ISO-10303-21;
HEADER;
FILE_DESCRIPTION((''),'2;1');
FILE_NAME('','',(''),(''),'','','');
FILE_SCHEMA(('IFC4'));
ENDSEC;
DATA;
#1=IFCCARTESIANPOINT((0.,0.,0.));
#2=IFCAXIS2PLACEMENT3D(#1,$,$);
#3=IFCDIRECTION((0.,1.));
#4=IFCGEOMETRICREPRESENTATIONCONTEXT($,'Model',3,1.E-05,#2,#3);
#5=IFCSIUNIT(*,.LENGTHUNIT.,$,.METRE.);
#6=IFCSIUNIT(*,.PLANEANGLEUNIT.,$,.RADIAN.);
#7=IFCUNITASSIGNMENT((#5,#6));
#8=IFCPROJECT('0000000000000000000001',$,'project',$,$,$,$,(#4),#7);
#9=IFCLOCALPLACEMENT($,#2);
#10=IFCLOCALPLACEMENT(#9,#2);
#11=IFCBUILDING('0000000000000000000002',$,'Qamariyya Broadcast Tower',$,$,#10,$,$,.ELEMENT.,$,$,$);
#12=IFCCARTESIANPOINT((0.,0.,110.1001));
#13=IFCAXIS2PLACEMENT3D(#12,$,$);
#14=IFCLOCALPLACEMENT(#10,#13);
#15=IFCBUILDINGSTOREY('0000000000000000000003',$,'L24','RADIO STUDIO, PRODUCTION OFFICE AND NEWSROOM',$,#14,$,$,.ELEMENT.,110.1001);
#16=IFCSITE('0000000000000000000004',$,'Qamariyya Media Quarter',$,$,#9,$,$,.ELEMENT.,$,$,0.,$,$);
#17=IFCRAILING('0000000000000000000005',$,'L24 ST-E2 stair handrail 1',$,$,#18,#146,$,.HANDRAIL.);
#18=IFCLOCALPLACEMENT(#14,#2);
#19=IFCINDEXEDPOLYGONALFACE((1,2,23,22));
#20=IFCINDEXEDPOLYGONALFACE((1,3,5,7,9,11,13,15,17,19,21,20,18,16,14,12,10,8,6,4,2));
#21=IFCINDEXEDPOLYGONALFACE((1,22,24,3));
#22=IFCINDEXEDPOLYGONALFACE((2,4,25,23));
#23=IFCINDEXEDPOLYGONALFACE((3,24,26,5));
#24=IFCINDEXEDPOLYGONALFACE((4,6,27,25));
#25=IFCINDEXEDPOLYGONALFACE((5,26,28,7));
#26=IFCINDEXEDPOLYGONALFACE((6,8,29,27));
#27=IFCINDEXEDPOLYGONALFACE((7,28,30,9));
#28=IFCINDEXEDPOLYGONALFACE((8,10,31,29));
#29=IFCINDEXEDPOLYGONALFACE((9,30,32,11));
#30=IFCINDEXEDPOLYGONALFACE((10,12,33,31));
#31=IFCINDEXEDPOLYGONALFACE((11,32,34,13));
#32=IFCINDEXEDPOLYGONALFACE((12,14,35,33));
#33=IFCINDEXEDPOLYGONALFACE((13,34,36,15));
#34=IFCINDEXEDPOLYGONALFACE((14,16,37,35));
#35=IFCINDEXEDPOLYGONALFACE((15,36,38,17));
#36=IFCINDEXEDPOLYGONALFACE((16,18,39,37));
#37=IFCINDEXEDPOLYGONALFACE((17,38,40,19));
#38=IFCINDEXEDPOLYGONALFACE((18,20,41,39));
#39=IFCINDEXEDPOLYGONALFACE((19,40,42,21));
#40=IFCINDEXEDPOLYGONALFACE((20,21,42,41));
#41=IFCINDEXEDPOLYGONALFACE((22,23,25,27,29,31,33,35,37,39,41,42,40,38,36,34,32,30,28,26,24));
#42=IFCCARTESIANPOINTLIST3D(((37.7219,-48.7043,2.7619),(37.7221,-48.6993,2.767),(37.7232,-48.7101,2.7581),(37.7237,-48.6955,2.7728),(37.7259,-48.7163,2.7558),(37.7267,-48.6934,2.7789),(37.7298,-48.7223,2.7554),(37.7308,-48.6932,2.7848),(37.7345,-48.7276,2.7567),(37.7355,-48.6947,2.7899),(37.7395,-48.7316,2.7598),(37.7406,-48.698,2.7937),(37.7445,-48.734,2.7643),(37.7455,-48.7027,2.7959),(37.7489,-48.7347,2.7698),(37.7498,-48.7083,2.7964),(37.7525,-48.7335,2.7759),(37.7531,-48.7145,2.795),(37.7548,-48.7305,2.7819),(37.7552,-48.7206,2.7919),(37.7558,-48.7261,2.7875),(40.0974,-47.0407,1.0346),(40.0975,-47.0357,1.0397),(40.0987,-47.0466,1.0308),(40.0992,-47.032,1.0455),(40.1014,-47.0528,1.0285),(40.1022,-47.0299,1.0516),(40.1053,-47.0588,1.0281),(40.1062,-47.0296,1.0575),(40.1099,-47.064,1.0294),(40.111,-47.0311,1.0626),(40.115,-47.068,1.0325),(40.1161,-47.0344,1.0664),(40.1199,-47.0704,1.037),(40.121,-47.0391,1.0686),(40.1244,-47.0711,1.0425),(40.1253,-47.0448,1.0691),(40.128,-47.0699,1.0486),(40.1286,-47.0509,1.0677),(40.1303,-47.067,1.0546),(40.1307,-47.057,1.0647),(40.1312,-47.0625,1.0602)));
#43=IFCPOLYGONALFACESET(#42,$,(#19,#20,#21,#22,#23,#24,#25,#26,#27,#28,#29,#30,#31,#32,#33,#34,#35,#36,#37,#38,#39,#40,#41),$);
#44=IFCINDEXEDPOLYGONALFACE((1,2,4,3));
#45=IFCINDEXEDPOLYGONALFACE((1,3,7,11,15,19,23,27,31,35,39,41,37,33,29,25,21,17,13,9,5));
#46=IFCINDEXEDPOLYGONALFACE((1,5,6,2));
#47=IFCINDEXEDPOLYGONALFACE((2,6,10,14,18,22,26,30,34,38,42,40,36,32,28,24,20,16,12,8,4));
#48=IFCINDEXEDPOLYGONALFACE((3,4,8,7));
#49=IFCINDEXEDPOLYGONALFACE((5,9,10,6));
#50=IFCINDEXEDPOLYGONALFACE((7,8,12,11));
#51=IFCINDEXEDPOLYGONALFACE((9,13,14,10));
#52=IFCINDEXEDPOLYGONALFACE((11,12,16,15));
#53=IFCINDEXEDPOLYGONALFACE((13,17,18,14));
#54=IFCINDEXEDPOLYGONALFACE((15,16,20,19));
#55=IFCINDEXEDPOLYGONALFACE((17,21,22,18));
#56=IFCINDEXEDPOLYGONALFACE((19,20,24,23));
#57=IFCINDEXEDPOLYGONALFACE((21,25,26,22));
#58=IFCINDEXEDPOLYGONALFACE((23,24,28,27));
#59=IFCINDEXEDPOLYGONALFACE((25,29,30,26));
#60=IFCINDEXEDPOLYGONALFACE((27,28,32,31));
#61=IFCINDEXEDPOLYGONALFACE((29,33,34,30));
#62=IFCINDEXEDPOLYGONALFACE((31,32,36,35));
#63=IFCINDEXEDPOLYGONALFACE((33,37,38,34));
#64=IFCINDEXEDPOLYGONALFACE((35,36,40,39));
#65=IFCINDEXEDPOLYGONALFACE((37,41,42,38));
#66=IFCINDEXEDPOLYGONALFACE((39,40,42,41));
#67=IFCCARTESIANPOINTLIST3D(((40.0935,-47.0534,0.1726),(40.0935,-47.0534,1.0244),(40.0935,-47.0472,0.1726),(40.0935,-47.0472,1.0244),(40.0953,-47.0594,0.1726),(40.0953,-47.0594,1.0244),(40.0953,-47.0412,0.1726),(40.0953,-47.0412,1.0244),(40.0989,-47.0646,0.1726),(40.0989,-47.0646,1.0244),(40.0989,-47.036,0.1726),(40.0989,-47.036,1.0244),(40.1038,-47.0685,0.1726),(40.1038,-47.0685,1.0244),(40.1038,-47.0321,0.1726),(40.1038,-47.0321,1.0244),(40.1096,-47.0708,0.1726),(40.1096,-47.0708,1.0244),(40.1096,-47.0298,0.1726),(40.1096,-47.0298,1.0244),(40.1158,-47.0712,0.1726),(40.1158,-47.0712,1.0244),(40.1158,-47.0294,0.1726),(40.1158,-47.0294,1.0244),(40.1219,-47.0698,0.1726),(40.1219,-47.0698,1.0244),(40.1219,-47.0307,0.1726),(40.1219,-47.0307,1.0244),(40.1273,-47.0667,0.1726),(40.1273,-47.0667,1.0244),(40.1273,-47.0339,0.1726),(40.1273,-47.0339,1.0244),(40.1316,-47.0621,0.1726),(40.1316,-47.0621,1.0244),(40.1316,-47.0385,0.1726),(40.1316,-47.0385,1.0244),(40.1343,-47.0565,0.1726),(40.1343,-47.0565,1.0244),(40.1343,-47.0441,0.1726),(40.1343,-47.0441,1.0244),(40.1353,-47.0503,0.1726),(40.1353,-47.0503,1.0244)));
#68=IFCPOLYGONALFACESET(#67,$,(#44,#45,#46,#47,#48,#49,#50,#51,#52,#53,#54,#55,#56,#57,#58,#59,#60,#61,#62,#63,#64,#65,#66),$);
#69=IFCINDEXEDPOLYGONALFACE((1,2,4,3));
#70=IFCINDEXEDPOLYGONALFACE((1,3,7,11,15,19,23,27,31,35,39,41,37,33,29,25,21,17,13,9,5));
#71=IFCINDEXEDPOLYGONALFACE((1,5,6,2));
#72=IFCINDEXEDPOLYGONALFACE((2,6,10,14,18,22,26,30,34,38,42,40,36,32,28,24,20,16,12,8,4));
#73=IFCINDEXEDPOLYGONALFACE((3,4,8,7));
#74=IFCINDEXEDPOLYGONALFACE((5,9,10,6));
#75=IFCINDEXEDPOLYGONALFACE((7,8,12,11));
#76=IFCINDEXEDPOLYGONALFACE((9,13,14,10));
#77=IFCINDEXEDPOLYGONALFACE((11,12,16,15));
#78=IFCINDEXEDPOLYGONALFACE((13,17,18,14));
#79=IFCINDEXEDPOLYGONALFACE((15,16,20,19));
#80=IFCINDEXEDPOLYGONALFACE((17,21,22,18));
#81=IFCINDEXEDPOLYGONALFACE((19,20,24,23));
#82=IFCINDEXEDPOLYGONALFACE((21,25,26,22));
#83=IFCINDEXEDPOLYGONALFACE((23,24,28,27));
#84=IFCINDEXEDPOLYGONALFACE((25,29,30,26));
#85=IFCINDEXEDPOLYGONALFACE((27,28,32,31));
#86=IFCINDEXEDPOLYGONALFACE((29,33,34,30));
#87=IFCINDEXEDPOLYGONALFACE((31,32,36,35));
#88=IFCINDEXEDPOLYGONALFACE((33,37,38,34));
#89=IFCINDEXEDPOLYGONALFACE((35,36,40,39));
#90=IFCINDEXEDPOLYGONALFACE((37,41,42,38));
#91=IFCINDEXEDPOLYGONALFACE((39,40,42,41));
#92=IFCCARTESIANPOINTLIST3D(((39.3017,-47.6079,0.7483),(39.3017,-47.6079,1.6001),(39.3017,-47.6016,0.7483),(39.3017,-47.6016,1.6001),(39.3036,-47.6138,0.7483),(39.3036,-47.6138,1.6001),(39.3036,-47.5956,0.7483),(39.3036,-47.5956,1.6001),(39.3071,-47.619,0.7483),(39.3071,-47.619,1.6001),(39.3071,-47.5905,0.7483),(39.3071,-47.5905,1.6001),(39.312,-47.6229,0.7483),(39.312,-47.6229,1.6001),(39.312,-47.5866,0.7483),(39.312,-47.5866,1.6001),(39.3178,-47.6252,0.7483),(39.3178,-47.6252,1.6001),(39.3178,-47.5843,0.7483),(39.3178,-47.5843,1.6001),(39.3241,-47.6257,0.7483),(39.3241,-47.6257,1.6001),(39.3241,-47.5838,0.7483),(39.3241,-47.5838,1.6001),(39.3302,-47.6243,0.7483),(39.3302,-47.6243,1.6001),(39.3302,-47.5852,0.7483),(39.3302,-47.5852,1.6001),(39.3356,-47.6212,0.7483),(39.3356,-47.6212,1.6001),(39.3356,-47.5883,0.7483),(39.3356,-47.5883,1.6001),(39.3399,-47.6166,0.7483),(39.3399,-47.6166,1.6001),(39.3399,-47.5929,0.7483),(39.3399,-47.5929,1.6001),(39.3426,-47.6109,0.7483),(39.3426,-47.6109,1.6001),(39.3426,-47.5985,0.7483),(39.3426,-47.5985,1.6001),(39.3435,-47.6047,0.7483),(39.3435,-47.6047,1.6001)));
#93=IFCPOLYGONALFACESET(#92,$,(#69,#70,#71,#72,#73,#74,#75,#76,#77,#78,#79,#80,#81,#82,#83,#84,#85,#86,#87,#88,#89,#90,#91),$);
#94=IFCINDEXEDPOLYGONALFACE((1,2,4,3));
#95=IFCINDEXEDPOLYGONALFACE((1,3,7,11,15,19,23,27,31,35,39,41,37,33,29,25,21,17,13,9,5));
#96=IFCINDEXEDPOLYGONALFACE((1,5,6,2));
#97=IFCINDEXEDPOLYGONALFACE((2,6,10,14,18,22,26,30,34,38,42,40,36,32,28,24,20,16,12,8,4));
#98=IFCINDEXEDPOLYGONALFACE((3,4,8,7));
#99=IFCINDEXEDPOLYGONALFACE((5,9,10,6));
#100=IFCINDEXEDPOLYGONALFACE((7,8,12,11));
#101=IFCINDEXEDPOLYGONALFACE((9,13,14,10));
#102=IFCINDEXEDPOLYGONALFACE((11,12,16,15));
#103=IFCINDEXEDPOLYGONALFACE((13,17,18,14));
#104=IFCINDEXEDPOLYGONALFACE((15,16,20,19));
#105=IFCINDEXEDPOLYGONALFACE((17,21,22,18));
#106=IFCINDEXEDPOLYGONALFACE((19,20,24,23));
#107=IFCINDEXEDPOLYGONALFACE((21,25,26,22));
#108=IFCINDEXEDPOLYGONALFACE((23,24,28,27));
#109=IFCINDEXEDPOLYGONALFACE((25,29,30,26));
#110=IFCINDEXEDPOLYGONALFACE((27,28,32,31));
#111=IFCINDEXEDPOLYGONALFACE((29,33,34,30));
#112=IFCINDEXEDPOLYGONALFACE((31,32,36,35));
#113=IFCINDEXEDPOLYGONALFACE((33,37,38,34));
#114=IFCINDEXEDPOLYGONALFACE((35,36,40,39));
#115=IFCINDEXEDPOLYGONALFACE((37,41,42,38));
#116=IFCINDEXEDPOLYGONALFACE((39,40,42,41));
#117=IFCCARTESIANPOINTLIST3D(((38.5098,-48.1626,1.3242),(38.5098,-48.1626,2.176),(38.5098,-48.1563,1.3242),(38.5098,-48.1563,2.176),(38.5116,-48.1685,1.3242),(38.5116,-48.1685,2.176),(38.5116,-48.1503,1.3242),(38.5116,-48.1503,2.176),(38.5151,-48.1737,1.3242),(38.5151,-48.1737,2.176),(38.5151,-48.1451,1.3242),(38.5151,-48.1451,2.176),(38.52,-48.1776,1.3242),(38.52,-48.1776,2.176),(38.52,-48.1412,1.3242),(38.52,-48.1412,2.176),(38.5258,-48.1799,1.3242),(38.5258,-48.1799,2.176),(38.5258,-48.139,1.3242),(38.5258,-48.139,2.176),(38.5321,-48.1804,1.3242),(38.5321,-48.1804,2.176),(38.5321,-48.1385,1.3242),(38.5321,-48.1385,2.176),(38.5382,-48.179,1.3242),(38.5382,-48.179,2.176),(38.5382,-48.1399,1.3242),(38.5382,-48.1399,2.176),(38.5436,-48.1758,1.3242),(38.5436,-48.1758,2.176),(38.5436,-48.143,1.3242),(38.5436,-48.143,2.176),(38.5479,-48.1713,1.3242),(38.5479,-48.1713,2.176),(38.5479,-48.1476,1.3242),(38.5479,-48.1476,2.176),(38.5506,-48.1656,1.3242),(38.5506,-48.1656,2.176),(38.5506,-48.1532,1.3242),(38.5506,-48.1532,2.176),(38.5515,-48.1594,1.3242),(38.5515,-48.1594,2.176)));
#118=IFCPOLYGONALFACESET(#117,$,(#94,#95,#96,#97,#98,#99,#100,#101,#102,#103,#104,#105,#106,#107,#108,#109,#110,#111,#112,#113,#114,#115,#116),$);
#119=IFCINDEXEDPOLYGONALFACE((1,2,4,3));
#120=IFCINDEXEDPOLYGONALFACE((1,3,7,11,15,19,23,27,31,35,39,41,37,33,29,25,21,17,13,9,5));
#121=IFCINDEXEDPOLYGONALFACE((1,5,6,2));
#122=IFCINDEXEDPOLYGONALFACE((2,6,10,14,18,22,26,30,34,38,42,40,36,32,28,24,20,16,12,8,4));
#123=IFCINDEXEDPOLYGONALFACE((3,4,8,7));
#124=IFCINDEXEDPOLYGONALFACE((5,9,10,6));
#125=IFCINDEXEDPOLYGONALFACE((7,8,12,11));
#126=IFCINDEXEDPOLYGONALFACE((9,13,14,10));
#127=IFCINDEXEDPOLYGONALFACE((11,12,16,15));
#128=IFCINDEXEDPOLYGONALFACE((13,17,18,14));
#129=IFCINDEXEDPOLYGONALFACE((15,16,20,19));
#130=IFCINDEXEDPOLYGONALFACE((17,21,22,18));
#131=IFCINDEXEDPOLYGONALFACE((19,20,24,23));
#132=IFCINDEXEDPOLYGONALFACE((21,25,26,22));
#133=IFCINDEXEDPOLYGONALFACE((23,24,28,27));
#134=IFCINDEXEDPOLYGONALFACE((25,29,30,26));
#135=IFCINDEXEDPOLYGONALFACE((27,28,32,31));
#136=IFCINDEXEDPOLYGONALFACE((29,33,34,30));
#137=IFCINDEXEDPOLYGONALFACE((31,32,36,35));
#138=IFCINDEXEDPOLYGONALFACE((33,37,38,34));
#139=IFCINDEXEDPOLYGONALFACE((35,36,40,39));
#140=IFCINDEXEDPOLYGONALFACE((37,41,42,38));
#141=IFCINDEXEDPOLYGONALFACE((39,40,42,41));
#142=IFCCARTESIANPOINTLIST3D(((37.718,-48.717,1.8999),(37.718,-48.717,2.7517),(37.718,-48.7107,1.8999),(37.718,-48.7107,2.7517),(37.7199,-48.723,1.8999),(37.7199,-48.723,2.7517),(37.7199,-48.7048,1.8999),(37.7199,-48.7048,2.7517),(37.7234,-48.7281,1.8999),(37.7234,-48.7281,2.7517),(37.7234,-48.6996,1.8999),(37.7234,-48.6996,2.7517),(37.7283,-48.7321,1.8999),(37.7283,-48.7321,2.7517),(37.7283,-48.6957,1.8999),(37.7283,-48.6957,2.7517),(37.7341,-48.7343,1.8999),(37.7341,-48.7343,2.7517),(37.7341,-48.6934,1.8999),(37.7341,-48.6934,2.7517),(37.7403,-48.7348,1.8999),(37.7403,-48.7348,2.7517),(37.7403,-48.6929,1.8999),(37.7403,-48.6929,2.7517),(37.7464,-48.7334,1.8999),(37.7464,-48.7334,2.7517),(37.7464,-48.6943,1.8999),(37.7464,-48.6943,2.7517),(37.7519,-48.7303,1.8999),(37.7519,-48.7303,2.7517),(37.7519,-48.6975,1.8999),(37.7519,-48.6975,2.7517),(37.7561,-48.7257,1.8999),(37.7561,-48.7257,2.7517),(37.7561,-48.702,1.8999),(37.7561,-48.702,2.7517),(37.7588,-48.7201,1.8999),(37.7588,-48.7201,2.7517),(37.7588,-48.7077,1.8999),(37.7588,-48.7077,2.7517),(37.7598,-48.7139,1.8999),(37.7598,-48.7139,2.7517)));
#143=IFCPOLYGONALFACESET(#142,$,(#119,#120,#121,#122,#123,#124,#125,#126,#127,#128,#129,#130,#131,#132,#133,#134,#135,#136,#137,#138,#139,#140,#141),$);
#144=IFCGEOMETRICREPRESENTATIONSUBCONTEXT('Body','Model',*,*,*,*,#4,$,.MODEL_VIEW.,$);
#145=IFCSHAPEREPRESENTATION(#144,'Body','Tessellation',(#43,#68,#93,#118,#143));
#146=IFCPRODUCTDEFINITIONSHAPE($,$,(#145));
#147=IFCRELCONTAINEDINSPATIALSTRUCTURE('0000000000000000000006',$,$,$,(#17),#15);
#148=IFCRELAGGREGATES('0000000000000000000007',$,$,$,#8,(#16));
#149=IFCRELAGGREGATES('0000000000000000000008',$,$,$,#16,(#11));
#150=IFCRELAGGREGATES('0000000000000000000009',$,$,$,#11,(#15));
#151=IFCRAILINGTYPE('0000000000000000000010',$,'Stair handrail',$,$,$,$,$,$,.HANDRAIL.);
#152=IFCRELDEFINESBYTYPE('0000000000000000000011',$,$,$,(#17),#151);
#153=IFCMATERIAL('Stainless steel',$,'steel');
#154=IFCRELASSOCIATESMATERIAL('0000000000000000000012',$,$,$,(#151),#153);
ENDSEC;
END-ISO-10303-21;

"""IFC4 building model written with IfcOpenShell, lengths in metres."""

from ifc_helpers import new_model, si_unit, direction, frame, origin, origin_2d, place, context, subcontext, project, spatial, circle, extrude, material, type_object, element, save


model = new_model("IFC4")

# Units and contexts
model_context = context("Model", 3, precision=1e-05, world=origin(), true_north=direction((0.0, 1.0)))
body_context = subcontext(model_context, "Body", "Model", "MODEL_VIEW")
ifc_project = project(units=[si_unit("LENGTHUNIT", "METRE"), si_unit("PLANEANGLEUNIT", "RADIAN")], contexts=[model_context])

# Site, building, storey
site_placement = place(None, origin())
site = spatial("IfcSite", under=ifc_project, at=site_placement, Name="Qamariyya Media Quarter", CompositionType="ELEMENT", RefElevation=0.0)
building_placement = place(site_placement, origin())
building = spatial("IfcBuilding", under=site, at=building_placement, Name="Qamariyya Broadcast Tower", CompositionType="ELEMENT")
storey_placement = place(building_placement, frame((0.0, 0.0, 110.1001)))
storey = spatial("IfcBuildingStorey", under=building, at=storey_placement, Name="L24", Description="RADIO STUDIO, PRODUCTION OFFICE AND NEWSROOM", CompositionType="ELEMENT", Elevation=110.1001)

# Railing
ifc_material_1 = material(Name="Stainless steel", Category="steel")
railing_type_1 = type_object("IfcRailingType", Name="Stair handrail", PredefinedType="HANDRAIL", material=ifc_material_1)
railing_1_placement = place(storey_placement, frame((40.1143, -47.0503, 0.1726)))
element("IfcRailing", 1, at=railing_1_placement, inside=storey, type_object=railing_type_1, Name="L24 ST-E2 stair handrail 1", PredefinedType="HANDRAIL", context=body_context, shape_type="SweptSolid", body=[
    extrude(circle(Radius=0.0239, at=origin_2d()), frame((0.0, 0.0, 0.876), z_axis=(-0.703745, -0.492838, 0.511716), x_axis=(0.573632, -0.819113, 0.0)), (0.0, 0.0, 1.0), 3.3755),
    extrude(circle(Radius=0.021, at=origin_2d()), origin(), (0.0, 0.0, 1.0), 0.8518),
    extrude(circle(Radius=0.021, at=origin_2d()), frame((-0.7917, -0.5544, 0.5757)), (0.0, 0.0, 1.0), 0.8518),
    extrude(circle(Radius=0.021, at=origin_2d()), frame((-1.5837, -1.1091, 1.1516)), (0.0, 0.0, 1.0), 0.8518),
    extrude(circle(Radius=0.021, at=origin_2d()), frame((-2.3755, -1.6636, 1.7273)), (0.0, 0.0, 1.0), 0.8518),
])

save(model, "model.ifc")
